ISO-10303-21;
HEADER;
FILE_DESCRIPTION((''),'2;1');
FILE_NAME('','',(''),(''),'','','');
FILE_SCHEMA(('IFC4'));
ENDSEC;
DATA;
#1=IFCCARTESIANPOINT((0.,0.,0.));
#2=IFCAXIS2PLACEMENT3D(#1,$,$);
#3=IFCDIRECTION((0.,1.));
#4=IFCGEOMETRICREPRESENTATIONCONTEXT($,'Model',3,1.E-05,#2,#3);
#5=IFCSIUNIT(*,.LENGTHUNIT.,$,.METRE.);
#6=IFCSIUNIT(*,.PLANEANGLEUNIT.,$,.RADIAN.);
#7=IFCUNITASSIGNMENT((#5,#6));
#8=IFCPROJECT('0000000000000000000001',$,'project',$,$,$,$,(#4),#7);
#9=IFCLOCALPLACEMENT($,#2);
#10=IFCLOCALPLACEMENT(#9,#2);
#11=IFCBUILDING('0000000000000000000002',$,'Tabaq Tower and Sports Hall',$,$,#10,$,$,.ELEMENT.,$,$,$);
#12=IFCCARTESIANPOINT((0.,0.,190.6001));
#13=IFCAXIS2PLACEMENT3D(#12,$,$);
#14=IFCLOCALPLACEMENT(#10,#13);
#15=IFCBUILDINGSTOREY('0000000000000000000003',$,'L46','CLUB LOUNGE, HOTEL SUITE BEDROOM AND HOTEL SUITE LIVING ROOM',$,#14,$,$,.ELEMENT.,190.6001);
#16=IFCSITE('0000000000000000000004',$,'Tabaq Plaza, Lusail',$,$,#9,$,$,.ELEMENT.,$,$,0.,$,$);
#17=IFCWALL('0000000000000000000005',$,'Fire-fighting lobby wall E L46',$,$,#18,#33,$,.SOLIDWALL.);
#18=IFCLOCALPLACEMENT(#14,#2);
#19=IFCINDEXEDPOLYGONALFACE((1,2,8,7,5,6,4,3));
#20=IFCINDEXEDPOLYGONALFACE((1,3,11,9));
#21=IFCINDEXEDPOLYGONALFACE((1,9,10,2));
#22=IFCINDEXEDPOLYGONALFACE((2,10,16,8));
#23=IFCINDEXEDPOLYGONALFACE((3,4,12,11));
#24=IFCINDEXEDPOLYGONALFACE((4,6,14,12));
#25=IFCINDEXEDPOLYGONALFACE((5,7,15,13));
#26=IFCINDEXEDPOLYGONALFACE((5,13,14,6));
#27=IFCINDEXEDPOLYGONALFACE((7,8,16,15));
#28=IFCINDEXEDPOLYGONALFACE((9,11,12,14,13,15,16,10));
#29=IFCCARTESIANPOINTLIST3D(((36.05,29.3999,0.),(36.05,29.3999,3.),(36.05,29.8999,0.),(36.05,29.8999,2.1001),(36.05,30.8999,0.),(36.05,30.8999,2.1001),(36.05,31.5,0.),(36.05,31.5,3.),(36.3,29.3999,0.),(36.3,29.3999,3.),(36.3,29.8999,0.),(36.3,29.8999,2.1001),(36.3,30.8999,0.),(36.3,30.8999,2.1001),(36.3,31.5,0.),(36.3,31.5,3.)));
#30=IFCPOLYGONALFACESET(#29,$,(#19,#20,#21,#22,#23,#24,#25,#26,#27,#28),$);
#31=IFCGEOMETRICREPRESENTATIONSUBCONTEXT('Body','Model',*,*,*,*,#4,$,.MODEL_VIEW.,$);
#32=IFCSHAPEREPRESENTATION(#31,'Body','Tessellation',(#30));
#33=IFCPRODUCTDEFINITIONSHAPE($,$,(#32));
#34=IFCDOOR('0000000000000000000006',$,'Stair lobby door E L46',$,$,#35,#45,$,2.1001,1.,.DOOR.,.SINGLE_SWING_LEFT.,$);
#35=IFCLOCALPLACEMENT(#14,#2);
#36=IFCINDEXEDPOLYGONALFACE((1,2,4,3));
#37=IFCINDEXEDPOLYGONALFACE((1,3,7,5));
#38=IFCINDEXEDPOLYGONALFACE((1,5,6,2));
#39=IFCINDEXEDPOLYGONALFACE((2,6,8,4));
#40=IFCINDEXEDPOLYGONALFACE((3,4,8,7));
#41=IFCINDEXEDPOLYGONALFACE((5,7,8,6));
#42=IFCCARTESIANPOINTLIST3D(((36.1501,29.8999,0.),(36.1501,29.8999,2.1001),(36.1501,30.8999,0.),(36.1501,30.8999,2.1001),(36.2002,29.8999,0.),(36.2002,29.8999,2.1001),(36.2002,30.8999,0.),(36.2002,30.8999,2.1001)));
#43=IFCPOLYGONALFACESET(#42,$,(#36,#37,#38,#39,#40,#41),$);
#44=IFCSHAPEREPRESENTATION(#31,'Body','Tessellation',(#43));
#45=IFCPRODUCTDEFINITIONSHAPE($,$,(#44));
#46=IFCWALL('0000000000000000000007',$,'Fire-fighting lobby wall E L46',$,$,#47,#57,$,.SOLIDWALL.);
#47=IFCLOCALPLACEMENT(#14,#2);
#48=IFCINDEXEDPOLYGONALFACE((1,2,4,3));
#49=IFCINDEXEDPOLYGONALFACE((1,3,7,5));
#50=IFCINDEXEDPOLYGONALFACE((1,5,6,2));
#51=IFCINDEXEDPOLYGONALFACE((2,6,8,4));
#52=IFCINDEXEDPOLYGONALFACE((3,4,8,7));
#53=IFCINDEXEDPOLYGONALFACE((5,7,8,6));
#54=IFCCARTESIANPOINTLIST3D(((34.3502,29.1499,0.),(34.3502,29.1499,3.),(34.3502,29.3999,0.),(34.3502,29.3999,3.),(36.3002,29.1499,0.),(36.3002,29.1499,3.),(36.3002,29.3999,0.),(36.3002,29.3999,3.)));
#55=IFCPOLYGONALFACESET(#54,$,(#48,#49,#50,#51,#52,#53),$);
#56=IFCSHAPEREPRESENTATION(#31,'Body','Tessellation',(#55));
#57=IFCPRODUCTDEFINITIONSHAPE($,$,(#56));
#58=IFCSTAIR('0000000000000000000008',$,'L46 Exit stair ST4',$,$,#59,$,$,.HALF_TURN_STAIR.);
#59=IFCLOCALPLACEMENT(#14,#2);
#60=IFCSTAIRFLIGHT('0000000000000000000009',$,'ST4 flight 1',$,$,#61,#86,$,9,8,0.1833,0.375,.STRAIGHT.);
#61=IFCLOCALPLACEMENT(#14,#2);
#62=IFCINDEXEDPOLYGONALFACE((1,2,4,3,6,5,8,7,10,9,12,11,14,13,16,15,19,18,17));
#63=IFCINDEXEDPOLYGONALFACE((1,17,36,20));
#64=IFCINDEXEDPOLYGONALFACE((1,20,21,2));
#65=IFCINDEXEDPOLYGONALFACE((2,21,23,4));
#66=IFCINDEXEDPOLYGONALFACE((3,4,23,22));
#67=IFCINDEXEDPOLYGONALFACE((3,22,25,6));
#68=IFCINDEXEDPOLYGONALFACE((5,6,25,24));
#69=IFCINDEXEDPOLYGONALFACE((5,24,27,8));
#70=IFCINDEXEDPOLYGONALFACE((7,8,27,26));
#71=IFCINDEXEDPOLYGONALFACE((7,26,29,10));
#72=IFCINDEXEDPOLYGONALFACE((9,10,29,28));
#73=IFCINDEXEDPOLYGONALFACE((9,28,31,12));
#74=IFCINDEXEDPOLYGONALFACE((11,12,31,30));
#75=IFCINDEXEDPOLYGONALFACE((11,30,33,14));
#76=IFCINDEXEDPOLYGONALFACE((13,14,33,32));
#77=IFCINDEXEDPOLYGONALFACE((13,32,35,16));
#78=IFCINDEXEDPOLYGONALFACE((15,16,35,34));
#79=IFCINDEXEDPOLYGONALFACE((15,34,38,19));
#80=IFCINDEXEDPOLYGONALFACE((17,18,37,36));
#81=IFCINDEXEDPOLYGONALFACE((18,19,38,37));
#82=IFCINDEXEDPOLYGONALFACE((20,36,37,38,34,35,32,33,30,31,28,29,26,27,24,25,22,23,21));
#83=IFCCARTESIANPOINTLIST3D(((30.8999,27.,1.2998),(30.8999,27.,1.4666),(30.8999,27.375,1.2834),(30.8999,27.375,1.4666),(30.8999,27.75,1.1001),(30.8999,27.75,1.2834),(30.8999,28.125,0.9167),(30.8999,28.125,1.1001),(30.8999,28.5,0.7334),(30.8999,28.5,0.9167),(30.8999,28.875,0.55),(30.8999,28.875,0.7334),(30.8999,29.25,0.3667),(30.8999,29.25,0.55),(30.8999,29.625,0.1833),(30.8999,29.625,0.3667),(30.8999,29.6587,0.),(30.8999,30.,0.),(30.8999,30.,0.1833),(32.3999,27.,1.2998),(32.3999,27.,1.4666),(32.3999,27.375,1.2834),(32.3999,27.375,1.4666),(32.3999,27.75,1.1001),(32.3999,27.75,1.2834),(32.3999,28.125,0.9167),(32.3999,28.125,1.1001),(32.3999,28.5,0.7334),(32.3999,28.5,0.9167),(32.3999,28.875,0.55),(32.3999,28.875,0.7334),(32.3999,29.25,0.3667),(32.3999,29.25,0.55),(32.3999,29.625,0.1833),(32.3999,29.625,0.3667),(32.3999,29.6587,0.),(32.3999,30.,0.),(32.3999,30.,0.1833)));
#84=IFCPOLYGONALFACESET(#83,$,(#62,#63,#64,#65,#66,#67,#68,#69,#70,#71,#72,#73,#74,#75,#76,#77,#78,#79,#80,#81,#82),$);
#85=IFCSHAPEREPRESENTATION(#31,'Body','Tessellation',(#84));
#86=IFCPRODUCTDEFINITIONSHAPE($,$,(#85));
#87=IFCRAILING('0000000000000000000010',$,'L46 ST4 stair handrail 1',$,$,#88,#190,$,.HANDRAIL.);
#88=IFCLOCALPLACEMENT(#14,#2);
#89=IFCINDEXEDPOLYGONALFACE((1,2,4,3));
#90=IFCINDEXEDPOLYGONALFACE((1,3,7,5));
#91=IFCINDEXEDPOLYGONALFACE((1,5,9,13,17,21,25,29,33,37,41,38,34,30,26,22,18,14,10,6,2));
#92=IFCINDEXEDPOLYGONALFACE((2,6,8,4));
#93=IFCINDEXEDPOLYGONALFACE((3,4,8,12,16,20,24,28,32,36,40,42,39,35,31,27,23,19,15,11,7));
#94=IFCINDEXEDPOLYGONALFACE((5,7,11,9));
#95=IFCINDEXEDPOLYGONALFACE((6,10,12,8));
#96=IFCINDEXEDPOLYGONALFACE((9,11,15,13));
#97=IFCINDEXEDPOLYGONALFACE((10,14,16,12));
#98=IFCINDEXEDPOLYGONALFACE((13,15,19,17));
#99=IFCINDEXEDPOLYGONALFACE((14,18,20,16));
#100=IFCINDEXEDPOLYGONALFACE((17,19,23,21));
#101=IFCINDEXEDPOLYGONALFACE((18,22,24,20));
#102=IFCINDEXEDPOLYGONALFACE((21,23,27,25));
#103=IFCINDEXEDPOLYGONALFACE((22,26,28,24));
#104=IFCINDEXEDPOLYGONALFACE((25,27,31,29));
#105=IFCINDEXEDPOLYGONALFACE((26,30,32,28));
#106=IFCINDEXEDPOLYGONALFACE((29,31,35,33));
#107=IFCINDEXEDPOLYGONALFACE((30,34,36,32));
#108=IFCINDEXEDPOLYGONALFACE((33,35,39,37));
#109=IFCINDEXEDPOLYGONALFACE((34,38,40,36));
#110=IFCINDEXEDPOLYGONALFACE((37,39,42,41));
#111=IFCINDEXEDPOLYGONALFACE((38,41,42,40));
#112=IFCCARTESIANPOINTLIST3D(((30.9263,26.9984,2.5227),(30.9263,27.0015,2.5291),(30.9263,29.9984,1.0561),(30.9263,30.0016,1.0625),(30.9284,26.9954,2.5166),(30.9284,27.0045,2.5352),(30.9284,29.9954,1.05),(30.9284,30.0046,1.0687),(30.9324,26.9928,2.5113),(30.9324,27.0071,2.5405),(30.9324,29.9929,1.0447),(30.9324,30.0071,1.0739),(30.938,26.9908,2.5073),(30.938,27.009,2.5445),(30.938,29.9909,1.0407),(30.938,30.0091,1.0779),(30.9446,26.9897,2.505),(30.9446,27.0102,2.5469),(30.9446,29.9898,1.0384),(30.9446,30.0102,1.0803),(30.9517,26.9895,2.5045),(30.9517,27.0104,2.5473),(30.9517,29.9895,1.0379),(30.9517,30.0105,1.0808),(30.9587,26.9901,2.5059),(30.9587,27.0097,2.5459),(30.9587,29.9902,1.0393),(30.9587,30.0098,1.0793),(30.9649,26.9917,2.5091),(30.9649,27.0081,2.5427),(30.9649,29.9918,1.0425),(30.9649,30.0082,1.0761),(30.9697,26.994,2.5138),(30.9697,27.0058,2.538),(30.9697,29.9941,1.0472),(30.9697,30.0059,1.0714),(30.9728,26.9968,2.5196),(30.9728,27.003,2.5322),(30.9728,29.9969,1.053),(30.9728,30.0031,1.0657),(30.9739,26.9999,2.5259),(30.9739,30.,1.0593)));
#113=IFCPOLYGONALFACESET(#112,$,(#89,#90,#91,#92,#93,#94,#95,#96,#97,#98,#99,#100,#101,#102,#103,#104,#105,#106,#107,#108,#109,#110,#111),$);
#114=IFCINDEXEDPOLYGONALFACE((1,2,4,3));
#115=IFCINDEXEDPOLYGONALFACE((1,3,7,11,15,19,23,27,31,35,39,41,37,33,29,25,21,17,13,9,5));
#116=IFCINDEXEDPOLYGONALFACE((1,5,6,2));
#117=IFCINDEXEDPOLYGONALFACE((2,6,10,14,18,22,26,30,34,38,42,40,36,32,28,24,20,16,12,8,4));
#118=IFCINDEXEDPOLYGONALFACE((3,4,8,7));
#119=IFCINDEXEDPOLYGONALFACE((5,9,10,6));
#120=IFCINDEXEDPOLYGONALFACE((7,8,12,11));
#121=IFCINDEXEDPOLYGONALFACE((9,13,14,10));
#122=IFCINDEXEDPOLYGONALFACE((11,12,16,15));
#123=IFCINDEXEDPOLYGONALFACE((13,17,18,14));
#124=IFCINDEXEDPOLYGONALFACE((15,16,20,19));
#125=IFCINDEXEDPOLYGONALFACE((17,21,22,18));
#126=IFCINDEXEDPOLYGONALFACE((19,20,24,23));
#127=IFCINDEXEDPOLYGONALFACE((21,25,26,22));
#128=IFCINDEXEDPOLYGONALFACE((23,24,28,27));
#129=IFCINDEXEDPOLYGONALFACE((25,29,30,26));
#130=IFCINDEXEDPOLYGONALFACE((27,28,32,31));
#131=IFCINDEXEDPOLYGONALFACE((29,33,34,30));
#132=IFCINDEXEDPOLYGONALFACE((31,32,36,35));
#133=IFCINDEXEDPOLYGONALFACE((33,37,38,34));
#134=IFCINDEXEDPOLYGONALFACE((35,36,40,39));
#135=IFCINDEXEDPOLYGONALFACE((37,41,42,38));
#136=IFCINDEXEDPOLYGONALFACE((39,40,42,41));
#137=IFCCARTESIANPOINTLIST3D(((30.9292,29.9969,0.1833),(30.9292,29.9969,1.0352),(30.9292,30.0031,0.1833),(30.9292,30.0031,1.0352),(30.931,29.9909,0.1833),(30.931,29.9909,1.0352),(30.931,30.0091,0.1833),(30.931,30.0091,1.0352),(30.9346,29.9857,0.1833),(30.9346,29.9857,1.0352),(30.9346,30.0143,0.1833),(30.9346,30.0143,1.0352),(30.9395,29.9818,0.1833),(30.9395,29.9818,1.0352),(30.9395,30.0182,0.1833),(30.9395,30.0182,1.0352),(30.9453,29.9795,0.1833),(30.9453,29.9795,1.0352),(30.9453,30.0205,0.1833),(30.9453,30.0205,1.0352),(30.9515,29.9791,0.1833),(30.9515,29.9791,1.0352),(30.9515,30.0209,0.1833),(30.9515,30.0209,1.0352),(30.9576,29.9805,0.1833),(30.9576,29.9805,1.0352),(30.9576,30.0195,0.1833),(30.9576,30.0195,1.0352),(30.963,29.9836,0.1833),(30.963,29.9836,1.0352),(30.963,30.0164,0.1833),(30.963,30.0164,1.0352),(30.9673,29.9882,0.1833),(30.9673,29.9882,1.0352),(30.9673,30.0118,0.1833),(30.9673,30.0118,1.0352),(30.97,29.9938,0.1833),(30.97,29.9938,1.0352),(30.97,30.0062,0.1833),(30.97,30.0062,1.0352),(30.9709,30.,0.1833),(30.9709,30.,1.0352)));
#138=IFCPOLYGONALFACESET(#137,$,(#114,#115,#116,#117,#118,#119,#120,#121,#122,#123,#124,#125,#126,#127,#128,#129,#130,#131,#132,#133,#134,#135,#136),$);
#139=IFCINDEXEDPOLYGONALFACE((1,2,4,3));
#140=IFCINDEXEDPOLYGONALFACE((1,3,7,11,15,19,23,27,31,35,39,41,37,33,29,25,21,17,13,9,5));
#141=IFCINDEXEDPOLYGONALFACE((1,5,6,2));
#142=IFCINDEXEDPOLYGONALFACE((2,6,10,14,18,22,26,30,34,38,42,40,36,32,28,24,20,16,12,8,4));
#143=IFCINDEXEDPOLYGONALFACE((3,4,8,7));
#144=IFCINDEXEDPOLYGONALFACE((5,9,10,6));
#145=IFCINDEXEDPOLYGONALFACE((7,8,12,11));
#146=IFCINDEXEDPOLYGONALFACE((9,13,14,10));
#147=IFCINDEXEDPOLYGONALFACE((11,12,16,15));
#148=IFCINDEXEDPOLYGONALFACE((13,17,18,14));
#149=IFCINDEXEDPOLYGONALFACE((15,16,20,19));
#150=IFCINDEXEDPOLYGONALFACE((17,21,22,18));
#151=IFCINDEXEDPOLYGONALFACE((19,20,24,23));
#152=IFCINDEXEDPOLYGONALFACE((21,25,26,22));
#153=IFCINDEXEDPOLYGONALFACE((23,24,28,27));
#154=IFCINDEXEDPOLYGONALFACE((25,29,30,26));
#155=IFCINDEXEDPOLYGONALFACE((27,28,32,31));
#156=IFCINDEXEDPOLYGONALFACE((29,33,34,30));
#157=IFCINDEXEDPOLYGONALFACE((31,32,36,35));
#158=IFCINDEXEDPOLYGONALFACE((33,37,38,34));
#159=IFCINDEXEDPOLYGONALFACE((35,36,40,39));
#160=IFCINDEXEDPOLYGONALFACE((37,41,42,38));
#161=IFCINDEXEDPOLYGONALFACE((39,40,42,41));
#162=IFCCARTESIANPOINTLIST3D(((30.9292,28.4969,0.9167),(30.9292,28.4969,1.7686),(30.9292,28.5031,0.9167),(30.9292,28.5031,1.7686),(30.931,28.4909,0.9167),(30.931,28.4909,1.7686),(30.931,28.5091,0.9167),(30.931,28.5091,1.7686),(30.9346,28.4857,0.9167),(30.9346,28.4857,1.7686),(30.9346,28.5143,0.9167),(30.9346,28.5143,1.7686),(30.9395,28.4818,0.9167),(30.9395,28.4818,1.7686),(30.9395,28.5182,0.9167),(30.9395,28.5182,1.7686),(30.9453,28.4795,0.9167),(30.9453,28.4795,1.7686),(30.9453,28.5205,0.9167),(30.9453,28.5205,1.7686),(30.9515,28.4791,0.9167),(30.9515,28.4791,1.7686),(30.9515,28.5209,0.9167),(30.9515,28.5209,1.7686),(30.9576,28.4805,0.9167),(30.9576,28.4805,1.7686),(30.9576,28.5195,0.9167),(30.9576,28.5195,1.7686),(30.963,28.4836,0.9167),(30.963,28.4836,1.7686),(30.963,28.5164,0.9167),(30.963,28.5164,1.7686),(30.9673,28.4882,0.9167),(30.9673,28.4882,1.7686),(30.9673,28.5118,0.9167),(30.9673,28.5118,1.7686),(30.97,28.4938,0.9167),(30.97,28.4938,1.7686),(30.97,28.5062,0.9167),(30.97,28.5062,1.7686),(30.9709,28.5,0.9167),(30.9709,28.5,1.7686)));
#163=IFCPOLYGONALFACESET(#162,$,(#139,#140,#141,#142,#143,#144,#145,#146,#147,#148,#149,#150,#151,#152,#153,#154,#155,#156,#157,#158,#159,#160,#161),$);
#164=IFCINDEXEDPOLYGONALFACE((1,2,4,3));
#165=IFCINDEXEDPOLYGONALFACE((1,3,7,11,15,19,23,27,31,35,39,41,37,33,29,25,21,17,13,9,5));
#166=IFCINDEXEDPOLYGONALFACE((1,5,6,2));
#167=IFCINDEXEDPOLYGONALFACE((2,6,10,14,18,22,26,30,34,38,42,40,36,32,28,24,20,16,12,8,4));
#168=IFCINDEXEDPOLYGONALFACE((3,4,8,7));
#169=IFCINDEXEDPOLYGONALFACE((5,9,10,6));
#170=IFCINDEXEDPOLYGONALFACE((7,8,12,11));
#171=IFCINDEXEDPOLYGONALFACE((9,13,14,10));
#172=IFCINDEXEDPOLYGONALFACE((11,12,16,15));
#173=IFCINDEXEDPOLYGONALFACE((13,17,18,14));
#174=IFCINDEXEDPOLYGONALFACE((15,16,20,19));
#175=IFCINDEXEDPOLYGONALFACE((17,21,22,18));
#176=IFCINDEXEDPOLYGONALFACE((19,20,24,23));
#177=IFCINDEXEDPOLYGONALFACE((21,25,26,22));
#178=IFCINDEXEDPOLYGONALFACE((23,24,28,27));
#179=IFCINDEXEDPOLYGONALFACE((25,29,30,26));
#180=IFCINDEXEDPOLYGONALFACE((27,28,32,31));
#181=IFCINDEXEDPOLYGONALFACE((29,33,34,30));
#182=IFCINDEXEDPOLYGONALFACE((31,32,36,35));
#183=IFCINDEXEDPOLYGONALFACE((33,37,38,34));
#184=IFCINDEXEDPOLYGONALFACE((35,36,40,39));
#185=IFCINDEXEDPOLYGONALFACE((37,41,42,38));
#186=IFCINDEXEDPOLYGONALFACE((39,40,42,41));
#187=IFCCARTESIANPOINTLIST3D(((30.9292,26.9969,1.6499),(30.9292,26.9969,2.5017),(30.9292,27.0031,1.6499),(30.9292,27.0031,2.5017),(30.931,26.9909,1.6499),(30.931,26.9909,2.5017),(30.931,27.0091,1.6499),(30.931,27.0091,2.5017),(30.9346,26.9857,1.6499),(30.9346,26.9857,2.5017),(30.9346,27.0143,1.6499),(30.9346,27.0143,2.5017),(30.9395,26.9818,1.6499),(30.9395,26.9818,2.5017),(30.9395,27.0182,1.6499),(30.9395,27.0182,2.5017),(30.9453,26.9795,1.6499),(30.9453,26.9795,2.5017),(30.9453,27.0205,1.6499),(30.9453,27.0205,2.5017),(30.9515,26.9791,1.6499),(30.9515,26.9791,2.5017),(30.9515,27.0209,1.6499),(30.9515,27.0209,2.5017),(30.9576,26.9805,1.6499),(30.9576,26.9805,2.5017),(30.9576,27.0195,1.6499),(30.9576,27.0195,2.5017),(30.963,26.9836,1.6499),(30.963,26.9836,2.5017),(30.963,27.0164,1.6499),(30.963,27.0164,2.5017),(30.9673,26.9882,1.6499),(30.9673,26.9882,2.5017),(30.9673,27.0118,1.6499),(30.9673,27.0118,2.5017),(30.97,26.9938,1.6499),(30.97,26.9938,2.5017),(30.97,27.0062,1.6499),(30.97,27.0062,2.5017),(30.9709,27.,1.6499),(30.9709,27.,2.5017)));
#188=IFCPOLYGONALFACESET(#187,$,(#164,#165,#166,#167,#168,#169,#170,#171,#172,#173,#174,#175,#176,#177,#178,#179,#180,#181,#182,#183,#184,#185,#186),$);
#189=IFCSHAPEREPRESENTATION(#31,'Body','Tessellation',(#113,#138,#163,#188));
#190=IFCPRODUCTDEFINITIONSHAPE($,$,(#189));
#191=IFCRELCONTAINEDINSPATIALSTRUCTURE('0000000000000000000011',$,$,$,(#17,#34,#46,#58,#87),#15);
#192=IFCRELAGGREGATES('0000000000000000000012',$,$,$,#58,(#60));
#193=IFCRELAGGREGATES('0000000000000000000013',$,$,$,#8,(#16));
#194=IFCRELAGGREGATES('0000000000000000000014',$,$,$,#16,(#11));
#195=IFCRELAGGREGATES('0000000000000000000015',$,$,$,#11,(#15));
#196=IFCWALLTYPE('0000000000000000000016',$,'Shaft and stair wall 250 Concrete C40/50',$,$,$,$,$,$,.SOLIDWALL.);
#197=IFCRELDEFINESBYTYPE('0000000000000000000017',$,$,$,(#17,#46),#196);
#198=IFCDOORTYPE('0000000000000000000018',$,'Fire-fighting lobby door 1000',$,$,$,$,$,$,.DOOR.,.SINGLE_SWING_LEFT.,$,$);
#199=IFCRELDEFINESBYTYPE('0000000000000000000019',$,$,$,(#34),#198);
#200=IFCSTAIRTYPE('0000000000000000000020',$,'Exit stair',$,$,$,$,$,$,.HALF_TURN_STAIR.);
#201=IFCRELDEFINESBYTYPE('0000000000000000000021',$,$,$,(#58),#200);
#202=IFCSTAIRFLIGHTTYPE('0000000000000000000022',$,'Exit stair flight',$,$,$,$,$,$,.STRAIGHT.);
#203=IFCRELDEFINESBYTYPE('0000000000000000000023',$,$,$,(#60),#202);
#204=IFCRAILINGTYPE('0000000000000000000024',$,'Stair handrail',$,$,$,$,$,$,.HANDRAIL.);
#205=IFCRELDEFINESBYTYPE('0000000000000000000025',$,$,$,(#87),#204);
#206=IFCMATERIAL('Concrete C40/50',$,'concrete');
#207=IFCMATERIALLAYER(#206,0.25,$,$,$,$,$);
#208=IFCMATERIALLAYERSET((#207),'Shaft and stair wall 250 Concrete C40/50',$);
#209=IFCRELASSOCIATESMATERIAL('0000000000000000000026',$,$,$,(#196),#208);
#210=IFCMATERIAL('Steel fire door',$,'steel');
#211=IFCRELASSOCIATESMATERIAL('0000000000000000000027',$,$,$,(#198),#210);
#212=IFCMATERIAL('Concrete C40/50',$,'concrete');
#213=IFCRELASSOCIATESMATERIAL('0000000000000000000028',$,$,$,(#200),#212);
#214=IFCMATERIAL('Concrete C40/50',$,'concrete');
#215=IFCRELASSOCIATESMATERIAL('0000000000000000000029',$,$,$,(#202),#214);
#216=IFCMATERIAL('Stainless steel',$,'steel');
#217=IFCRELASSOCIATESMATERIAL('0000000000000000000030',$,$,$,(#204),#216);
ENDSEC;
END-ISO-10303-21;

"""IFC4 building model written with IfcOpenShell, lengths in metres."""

from ifc_helpers import new_model, si_unit, direction, frame, frame_2d, origin, origin_2d, place, context, subcontext, project, spatial, polyline, rectangle, circle, outline, extrude, material, layer, layer_set, type_object, element, fill, aggregate, save


model = new_model("IFC4")

# Units and contexts
model_context = context("Model", 3, precision=1e-05, world=origin(), true_north=direction((0.0, 1.0)))
body_context = subcontext(model_context, "Body", "Model", "MODEL_VIEW")
ifc_project = project(units=[si_unit("LENGTHUNIT", "METRE"), si_unit("PLANEANGLEUNIT", "RADIAN")], contexts=[model_context])

# Site, building, storey
site_placement = place(None, origin())
site = spatial("IfcSite", under=ifc_project, at=site_placement, Name="Tabaq Plaza, Lusail", CompositionType="ELEMENT", RefElevation=0.0)
building_placement = place(site_placement, origin())
building = spatial("IfcBuilding", under=site, at=building_placement, Name="Tabaq Tower and Sports Hall", CompositionType="ELEMENT")
storey_placement = place(building_placement, frame((0.0, 0.0, 190.6001)))
storey = spatial("IfcBuildingStorey", under=building, at=storey_placement, Name="L46", Description="CLUB LOUNGE, HOTEL SUITE BEDROOM AND HOTEL SUITE LIVING ROOM", CompositionType="ELEMENT", Elevation=190.6001)

# Wall, opening, door
ifc_material_1 = material(Name="Concrete C40/50", Category="concrete")
ifc_layer_1 = layer(ifc_material_1, 0.25)
ifc_layer_set_1 = layer_set([ifc_layer_1], Name="Shaft and stair wall 250 Concrete C40/50")
wall_type_1 = type_object("IfcWallType", Name="Shaft and stair wall 250 Concrete C40/50", PredefinedType="SOLIDWALL", material=ifc_layer_set_1)
wall_1_placement = place(storey_placement, frame((36.175, 29.3999, 0.0), z_axis=(0.0, 0.0, 1.0), x_axis=(0.0, 1.0, 0.0)))
wall_1 = element("IfcWall", 1, at=wall_1_placement, inside=storey, type_object=wall_type_1, Name="Fire-fighting lobby wall E L46", PredefinedType="SOLIDWALL", context=body_context, shape_type="SweptSolid", body=[
    extrude(rectangle(XDim=2.1001, YDim=0.25, at=frame_2d((1.05, 0.0))), origin(), (0.0, 0.0, 1.0), 3.0),
])
opening_1_placement = place(wall_1_placement, frame((0.5, 0.0, 0.0)))
opening_1 = element("IfcOpeningElement", 2, at=opening_1_placement, cuts=wall_1, PredefinedType="OPENING", context=body_context, shape_type="SweptSolid", body=[
    extrude(rectangle(XDim=1.0, YDim=2.1001, at=frame_2d((0.5, 1.05))), frame((0.0, 0.125, 0.0), z_axis=(0.0, -1.0, 0.0), x_axis=(1.0, 0.0, 0.0)), (0.0, 0.0, 1.0), 0.25),
])
ifc_material_2 = material(Name="Steel fire door", Category="steel")
door_type_1 = type_object("IfcDoorType", Name="Fire-fighting lobby door 1000", OperationType="SINGLE_SWING_LEFT", PredefinedType="DOOR", material=ifc_material_2)
door_1_placement = place(opening_1_placement, origin())
door_1 = element("IfcDoor", 3, at=door_1_placement, inside=storey, type_object=door_type_1, Name="Stair lobby door E L46", OperationType="SINGLE_SWING_LEFT", OverallHeight=2.1001, OverallWidth=1.0, PredefinedType="DOOR", context=body_context, shape_type="SweptSolid", body=[
    extrude(rectangle(XDim=1.0, YDim=2.1001, at=frame_2d((0.5, 1.05))), frame((0.0, 0.0249, 0.0), z_axis=(0.0, -1.0, 0.0), x_axis=(1.0, 0.0, 0.0)), (0.0, 0.0, 1.0), 0.05),
])
fill(opening_1, door_1)

# Wall
wall_2_placement = place(storey_placement, frame((34.3501, 29.2749, 0.0), z_axis=(0.0, 0.0, 1.0), x_axis=(1.0, 0.0, 0.0)))
element("IfcWall", 4, at=wall_2_placement, inside=storey, type_object=wall_type_1, Name="Fire-fighting lobby wall E L46", PredefinedType="SOLIDWALL", context=body_context, shape_type="SweptSolid", body=[
    extrude(rectangle(XDim=1.95, YDim=0.25, at=frame_2d((0.9751, 0.0))), origin(), (0.0, 0.0, 1.0), 3.0),
])

# Stair, stair flight
ifc_material_3 = material(Name="Concrete C40/50", Category="concrete")
stair_type = type_object("IfcStairType", Name="Exit stair", PredefinedType="HALF_TURN_STAIR", material=ifc_material_3)
stair_placement = place(storey_placement, origin())
stair = element("IfcStair", 5, at=stair_placement, inside=storey, type_object=stair_type, Name="L46 Exit stair ST4", PredefinedType="HALF_TURN_STAIR")
ifc_material_4 = material(Name="Concrete C40/50", Category="concrete")
stair_flight_type = type_object("IfcStairFlightType", Name="Exit stair flight", PredefinedType="STRAIGHT", material=ifc_material_4)
stair_flight_placement = place(storey_placement, frame((31.6499, 30.0, 0.0), z_axis=(0.0, 0.0, 1.0), x_axis=(0.0, -1.0, 0.0)))
stair_flight = element("IfcStairFlight", 6, at=stair_flight_placement, type_object=stair_flight_type, Name="ST4 flight 1", NumberOfRisers=9, NumberOfTreads=8, PredefinedType="STRAIGHT", RiserHeight=0.1833, TreadLength=0.375, context=body_context, shape_type="SweptSolid", body=[
    extrude(outline(polyline([(0.0, 0.0), (0.0, 0.1833), (0.375, 0.1833), (0.375, 0.3667), (0.75, 0.3667), (0.75, 0.55), (1.125, 0.55), (1.125, 0.7334), (1.5, 0.7334), (1.5, 0.9167), (1.875, 0.9167), (1.875, 1.1001), (2.25, 1.1001), (2.25, 1.2834), (2.625, 1.2834), (2.625, 1.4666), (3.0, 1.4666), (3.0, 1.6499), (3.0, 1.2998), (0.3413, 0.0), (0.0, 0.0)])), frame((0.0, 0.75, 0.0), z_axis=(0.0, -1.0, 0.0), x_axis=(1.0, 0.0, 0.0)), (0.0, 0.0, 1.0), 1.5),
])
aggregate(stair, [stair_flight])

# Railing
ifc_material_5 = material(Name="Stainless steel", Category="steel")
railing_type_1 = type_object("IfcRailingType", Name="Stair handrail", PredefinedType="HANDRAIL", material=ifc_material_5)
railing_1_placement = place(storey_placement, frame((30.95, 30.0, 0.1833)))
element("IfcRailing", 7, at=railing_1_placement, inside=storey, type_object=railing_type_1, Name="L46 ST4 stair handrail 1", PredefinedType="HANDRAIL", context=body_context, shape_type="SweptSolid", body=[
    extrude(circle(Radius=0.0239, at=origin_2d()), frame((0.0, 0.0, 0.876), z_axis=(0.0, -0.898398, 0.439183), x_axis=(1.0, 0.0, 0.0)), (0.0, 0.0, 1.0), 3.3394),
    extrude(circle(Radius=0.021, at=origin_2d()), origin(), (0.0, 0.0, 1.0), 0.8518),
    extrude(circle(Radius=0.021, at=origin_2d()), frame((0.0, -1.5, 0.7334)), (0.0, 0.0, 1.0), 0.8518),
    extrude(circle(Radius=0.021, at=origin_2d()), frame((0.0, -3.0, 1.4666)), (0.0, 0.0, 1.0), 0.8518),
])

save(model, "model.ifc")
